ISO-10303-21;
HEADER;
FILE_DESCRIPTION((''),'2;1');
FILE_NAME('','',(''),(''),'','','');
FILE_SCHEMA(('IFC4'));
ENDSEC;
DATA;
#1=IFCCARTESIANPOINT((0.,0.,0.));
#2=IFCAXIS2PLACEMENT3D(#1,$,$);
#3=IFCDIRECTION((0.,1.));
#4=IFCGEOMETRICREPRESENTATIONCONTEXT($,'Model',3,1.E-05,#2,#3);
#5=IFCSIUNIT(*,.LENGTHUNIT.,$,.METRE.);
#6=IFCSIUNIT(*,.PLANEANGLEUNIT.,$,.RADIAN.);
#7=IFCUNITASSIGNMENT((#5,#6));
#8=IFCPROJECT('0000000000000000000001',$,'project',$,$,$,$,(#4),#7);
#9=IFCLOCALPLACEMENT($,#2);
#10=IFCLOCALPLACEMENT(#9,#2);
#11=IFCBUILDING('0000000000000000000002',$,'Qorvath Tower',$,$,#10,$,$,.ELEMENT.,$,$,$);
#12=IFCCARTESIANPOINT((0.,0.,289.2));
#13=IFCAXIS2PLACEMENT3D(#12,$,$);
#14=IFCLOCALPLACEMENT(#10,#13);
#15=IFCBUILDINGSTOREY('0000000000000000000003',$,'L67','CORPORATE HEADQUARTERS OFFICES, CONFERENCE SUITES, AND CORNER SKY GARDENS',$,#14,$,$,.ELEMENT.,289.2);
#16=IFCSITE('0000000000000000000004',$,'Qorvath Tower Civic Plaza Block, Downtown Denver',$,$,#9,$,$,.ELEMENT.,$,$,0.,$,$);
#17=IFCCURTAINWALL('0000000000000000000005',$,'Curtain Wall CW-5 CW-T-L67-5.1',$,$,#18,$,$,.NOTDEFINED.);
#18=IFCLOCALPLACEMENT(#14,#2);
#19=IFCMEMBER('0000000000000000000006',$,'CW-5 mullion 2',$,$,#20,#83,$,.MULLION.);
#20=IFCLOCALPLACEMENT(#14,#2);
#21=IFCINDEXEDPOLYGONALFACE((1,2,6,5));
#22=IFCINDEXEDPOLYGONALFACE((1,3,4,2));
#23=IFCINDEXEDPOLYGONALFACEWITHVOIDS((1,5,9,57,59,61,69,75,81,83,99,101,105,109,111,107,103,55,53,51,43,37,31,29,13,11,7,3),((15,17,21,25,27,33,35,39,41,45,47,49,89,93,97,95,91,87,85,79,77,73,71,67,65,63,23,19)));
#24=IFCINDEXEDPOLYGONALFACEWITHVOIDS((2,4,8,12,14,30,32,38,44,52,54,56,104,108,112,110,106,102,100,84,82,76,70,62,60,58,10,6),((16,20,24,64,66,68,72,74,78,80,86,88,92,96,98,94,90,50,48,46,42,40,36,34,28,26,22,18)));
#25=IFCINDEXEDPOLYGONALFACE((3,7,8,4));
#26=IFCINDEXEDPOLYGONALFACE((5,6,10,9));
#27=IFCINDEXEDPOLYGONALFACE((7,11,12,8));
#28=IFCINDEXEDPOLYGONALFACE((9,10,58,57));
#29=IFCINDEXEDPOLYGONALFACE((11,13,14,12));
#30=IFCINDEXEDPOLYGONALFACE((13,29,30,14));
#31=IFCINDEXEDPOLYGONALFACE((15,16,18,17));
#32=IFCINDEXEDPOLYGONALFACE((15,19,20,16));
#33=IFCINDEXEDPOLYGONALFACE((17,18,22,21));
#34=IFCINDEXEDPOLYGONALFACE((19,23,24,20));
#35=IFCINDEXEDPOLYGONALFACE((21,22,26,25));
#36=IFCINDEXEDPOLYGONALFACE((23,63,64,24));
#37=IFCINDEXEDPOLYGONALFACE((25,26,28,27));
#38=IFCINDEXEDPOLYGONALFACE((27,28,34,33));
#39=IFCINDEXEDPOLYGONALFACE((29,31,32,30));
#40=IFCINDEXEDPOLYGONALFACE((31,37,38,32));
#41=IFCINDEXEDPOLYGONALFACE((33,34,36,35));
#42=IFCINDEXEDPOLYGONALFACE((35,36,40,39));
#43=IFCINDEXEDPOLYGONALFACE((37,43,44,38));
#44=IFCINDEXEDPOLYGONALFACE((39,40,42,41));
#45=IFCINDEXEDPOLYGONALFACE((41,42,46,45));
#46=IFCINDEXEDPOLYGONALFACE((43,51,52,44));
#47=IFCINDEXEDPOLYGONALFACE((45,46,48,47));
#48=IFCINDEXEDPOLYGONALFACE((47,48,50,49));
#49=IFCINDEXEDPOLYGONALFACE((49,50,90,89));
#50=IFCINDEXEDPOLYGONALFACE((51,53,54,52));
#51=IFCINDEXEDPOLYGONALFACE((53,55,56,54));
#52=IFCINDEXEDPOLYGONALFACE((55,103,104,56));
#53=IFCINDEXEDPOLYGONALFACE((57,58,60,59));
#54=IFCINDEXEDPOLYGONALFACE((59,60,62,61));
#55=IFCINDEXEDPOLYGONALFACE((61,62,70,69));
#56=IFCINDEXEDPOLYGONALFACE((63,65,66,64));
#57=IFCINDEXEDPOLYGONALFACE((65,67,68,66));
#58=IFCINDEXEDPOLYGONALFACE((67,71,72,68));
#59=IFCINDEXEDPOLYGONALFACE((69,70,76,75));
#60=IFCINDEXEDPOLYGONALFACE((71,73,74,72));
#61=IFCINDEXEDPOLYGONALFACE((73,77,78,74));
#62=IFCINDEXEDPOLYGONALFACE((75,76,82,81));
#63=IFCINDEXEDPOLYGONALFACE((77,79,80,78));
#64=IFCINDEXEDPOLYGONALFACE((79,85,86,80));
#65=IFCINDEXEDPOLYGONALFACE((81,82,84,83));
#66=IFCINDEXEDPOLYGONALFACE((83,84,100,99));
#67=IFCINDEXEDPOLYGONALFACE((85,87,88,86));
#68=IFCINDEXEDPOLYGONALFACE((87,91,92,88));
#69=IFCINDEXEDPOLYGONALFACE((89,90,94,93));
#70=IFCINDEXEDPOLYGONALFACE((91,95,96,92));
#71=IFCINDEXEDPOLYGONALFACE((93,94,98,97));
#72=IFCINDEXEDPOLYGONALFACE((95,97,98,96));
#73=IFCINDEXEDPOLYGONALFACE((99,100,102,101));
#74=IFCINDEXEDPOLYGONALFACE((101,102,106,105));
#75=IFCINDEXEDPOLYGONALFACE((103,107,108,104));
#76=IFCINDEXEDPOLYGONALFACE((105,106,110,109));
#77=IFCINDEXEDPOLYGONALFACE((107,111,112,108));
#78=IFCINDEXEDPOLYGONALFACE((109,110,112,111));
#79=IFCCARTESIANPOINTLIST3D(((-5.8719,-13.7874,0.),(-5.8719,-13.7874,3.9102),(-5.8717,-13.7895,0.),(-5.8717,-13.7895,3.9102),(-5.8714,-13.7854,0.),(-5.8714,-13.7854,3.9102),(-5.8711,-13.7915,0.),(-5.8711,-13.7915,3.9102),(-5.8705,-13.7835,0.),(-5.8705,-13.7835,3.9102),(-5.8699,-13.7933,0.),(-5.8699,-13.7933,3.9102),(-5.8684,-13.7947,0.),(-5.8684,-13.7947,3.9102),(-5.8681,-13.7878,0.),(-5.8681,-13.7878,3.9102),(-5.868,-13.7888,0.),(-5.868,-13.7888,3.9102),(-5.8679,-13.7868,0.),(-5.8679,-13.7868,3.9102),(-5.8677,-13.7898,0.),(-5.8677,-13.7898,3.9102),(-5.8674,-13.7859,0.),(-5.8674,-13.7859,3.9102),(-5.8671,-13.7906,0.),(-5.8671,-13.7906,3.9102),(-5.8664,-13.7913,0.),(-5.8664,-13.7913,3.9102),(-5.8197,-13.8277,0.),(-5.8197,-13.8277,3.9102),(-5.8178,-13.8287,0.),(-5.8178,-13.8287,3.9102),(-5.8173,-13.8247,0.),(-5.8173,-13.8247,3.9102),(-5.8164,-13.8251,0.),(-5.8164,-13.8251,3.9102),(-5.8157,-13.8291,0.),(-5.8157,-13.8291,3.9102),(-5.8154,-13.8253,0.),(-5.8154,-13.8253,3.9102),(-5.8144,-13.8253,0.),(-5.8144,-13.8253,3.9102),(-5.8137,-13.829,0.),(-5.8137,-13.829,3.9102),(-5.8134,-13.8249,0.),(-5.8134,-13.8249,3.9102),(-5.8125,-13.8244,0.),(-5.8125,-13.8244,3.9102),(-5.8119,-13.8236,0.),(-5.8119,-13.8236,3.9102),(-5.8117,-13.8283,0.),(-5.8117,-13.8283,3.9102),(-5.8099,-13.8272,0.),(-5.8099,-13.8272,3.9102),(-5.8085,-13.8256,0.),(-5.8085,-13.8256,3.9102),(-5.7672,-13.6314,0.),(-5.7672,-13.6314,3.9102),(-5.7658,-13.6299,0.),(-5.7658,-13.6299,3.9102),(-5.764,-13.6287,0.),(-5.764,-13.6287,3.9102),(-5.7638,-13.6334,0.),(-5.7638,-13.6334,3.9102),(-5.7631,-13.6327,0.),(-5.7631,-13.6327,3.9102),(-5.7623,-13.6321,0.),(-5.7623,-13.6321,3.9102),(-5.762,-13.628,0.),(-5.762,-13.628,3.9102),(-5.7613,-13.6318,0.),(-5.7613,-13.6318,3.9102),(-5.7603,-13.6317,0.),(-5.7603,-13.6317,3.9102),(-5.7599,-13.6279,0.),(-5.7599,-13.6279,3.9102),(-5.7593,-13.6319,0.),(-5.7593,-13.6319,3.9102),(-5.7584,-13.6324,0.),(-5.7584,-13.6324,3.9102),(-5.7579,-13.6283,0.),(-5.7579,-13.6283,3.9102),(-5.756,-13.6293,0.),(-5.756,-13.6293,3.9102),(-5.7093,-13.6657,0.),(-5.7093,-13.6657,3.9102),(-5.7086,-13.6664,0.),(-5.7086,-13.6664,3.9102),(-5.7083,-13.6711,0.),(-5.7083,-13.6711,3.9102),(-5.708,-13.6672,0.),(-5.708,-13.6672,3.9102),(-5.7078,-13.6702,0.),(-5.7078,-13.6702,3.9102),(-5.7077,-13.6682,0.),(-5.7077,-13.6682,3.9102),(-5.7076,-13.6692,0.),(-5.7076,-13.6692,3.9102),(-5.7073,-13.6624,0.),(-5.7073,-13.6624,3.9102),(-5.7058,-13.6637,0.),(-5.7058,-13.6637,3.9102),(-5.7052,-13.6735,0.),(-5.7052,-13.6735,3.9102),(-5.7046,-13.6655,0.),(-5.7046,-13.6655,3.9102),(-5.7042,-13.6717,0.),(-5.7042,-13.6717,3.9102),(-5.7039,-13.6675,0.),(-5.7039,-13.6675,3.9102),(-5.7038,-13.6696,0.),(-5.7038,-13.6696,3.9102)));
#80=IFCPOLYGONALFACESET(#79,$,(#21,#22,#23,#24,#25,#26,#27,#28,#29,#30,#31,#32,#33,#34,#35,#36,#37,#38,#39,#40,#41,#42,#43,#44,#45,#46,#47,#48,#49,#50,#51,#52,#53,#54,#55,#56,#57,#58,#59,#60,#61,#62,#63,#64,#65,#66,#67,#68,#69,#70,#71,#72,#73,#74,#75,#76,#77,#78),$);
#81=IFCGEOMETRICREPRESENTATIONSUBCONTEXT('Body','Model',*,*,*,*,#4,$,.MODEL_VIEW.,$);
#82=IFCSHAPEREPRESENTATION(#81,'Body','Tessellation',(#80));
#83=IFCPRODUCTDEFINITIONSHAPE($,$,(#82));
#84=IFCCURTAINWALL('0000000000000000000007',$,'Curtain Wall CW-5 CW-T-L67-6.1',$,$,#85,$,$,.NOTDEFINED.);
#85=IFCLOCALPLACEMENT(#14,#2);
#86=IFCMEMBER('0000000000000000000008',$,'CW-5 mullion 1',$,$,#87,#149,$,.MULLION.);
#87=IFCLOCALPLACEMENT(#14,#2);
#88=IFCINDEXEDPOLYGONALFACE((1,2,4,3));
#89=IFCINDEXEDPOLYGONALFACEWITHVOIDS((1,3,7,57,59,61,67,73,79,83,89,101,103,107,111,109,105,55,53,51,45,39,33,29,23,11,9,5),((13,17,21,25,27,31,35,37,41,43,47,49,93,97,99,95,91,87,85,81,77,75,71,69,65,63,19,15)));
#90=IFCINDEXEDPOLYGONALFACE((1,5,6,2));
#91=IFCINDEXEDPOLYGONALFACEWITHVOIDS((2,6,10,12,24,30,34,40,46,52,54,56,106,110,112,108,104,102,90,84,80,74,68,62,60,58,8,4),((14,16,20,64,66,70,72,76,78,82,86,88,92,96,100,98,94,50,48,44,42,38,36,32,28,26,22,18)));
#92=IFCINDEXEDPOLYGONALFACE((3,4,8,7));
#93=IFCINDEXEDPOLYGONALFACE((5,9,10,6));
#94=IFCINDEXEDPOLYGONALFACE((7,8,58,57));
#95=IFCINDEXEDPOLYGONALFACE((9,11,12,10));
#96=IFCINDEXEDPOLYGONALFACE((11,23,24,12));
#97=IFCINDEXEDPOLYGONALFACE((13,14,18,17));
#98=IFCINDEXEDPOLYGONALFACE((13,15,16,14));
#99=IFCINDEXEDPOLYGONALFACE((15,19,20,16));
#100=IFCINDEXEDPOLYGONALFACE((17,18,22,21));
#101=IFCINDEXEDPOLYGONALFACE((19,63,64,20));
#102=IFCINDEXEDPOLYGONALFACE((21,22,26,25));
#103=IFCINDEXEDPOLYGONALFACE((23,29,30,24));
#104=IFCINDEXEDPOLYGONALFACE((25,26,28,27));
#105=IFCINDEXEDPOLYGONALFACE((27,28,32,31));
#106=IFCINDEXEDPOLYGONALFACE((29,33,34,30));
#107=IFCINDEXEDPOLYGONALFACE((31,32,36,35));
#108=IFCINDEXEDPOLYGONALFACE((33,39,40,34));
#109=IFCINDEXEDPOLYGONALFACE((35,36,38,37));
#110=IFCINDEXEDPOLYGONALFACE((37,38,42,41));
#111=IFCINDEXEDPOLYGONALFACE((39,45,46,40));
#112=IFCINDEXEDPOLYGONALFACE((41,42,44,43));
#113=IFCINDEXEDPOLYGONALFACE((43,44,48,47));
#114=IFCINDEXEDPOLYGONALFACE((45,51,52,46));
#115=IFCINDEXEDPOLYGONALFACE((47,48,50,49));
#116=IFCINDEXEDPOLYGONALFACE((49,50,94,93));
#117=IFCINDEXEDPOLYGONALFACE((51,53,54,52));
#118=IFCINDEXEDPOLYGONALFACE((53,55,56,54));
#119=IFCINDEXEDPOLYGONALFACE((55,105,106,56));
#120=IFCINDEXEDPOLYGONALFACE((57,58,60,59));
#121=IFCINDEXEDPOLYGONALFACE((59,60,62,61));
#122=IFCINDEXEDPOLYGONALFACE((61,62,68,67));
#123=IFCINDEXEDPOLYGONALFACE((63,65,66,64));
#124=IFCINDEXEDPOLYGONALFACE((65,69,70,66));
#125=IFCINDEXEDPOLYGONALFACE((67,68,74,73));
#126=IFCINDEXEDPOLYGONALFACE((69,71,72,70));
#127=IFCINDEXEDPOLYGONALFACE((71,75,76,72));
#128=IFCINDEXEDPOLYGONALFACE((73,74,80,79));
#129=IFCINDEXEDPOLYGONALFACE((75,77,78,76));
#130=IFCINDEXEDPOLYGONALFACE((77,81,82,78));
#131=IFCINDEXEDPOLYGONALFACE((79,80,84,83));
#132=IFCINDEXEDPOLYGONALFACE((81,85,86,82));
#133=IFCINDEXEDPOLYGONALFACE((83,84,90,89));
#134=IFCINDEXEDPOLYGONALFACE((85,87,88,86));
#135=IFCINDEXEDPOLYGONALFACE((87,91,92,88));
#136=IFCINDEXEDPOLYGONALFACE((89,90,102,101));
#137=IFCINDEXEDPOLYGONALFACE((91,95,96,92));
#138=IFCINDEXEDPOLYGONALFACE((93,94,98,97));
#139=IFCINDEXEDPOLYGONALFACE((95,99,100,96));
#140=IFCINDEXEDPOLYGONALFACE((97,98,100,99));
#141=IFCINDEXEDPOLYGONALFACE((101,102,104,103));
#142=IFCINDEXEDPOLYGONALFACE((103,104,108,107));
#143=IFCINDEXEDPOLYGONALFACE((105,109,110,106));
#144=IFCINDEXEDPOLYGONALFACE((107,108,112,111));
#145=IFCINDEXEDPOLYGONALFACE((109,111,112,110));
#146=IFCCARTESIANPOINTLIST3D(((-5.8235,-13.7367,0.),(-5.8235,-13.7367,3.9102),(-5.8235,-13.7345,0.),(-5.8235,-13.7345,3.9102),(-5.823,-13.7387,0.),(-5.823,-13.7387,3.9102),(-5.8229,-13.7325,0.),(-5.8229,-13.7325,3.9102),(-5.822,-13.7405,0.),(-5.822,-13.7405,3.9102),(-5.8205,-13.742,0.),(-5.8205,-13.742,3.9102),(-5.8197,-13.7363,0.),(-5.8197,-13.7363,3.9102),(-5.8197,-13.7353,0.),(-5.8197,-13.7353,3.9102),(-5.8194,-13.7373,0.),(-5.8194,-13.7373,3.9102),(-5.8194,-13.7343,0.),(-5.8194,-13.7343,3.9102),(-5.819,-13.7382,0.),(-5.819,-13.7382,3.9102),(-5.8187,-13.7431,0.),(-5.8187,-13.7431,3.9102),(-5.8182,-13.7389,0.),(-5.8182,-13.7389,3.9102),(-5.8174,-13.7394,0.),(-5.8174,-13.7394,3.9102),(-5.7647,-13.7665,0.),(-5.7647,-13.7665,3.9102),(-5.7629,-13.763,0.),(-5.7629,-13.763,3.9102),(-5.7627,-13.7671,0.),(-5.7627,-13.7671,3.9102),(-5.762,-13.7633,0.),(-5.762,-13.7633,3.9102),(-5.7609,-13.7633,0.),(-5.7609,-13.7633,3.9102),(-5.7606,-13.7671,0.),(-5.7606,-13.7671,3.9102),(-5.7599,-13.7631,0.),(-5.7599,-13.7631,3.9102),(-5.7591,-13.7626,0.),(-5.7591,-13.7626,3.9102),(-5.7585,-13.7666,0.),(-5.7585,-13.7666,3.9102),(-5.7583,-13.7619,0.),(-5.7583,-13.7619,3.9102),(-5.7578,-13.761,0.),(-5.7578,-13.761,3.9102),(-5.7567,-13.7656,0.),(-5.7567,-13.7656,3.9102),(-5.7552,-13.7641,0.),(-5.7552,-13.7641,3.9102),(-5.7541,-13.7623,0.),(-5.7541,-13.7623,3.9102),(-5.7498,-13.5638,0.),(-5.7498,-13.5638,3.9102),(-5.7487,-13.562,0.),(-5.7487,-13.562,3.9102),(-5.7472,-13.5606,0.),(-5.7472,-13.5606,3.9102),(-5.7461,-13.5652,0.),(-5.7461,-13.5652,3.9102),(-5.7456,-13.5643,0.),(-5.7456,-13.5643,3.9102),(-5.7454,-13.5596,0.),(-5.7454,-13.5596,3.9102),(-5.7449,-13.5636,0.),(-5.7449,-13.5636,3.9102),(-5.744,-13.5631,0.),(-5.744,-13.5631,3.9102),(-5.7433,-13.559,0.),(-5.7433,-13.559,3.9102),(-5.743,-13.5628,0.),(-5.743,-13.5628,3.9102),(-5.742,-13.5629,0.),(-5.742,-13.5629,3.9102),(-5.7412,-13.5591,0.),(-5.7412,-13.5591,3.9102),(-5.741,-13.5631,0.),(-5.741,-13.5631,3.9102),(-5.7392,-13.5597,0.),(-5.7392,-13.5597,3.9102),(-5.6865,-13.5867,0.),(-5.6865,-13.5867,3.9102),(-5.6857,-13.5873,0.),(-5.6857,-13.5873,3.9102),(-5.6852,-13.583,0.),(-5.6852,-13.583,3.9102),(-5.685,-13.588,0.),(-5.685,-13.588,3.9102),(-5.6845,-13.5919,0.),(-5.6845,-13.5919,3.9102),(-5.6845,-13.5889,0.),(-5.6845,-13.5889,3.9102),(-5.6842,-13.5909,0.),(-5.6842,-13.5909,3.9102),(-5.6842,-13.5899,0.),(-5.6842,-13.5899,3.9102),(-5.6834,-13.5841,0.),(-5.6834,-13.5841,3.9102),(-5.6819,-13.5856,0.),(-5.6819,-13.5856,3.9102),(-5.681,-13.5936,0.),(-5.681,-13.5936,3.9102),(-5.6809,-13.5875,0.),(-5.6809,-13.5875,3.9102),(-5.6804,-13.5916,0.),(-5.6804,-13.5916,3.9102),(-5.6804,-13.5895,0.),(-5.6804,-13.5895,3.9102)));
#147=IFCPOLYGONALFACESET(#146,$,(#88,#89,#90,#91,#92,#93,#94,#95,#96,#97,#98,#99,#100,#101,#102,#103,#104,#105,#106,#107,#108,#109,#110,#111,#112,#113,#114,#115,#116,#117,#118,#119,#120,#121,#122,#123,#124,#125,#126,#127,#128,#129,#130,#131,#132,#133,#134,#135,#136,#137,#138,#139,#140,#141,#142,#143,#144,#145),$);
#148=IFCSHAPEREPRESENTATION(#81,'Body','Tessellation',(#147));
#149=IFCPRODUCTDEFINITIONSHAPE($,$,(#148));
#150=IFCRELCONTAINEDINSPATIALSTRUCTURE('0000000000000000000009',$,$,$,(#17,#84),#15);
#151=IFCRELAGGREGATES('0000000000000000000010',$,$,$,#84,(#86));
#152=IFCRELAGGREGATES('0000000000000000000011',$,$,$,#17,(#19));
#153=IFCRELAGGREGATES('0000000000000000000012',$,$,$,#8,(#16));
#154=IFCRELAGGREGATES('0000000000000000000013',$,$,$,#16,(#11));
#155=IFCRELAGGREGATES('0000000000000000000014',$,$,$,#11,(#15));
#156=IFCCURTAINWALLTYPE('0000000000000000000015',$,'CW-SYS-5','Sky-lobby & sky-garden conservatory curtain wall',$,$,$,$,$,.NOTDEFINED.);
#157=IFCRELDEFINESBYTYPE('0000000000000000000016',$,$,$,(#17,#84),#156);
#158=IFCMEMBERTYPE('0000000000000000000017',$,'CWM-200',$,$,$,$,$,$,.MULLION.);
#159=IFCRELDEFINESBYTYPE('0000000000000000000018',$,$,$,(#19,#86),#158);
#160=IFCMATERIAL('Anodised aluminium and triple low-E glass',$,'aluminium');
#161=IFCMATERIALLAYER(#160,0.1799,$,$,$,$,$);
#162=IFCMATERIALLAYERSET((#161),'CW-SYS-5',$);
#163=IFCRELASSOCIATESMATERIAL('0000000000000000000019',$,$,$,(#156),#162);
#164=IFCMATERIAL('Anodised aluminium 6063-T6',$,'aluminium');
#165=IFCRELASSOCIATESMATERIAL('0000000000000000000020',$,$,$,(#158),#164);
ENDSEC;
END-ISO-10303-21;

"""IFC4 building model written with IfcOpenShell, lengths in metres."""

from ifc_helpers import new_model, si_unit, direction, frame, origin, origin_2d, place, context, subcontext, project, spatial, hollow_rectangle, extrude, material, layer, layer_set, material_profile, profile_set, type_object, element, aggregate, save


model = new_model("IFC4")

# Units and contexts
model_context = context("Model", 3, precision=1e-05, world=origin(), true_north=direction((0.0, 1.0)))
body_context = subcontext(model_context, "Body", "Model", "MODEL_VIEW")
ifc_project = project(units=[si_unit("LENGTHUNIT", "METRE"), si_unit("PLANEANGLEUNIT", "RADIAN")], contexts=[model_context])

# Site, building, storey
site_placement = place(None, origin())
site = spatial("IfcSite", under=ifc_project, at=site_placement, Name="Qorvath Tower Civic Plaza Block, Downtown Denver", CompositionType="ELEMENT", RefElevation=0.0)
building_placement = place(site_placement, origin())
building = spatial("IfcBuilding", under=site, at=building_placement, Name="Qorvath Tower", CompositionType="ELEMENT")
storey_placement = place(building_placement, frame((0.0, 0.0, 289.2)))
storey = spatial("IfcBuildingStorey", under=building, at=storey_placement, Name="L67", Description="CORPORATE HEADQUARTERS OFFICES, CONFERENCE SUITES, AND CORNER SKY GARDENS", CompositionType="ELEMENT", Elevation=289.2)

# Shared definitions
ifc_material_1 = material(Name="Anodised aluminium and triple low-E glass", Category="aluminium")
ifc_layer_1 = layer(ifc_material_1, 0.1799)
ifc_layer_set_1 = layer_set([ifc_layer_1], Name="CW-SYS-5")
curtain_wall_type = type_object("IfcCurtainWallType", Name="CW-SYS-5", Description="Sky-lobby & sky-garden conservatory curtain wall", PredefinedType="NOTDEFINED", material=ifc_layer_set_1)
ifc_material_2 = material(Name="Anodised aluminium 6063-T6", Category="aluminium")
ifc_material_profile_1 = material_profile(ifc_material_2, hollow_rectangle(XDim=0.075, YDim=0.2, WallThickness=0.0039, InnerFilletRadius=0.0039, OuterFilletRadius=0.0081, at=origin_2d()), Name="CWM 200x75")
ifc_profile_set_1 = profile_set([ifc_material_profile_1], Name="Anodised aluminium 6063-T6")
member_type_1 = type_object("IfcMemberType", Name="CWM-200", PredefinedType="MULLION", material=ifc_profile_set_1)

# Curtain wall, member
curtain_wall_1_placement = place(storey_placement, origin())
curtain_wall_1 = element("IfcCurtainWall", 1, at=curtain_wall_1_placement, inside=storey, type_object=curtain_wall_type, Name="Curtain Wall CW-5 CW-T-L67-5.1", PredefinedType="NOTDEFINED")
member_1_placement = place(storey_placement, frame((-5.7878, -13.7285, 0.0), z_axis=(0.0, 0.0, 1.0), x_axis=(-0.827172, 0.561949, 0.0)))
member_1 = element("IfcMember", 2, at=member_1_placement, type_object=member_type_1, Name="CW-5 mullion 2", PredefinedType="MULLION", context=body_context, shape_type="SweptSolid", body=[
    extrude(hollow_rectangle(XDim=0.075, YDim=0.2, WallThickness=0.0039, InnerFilletRadius=0.0039, OuterFilletRadius=0.0081, at=origin_2d()), origin(), (0.0, 0.0, 1.0), 3.9102),
])

# Curtain wall, member
curtain_wall_2_placement = place(storey_placement, origin())
curtain_wall_2 = element("IfcCurtainWall", 3, at=curtain_wall_2_placement, inside=storey, type_object=curtain_wall_type, Name="Curtain Wall CW-5 CW-T-L67-6.1", PredefinedType="NOTDEFINED")
member_2_placement = place(storey_placement, frame((-5.752, -13.6631, 0.0), z_axis=(0.0, 0.0, 1.0), x_axis=(-0.917563, 0.39759, 0.0)))
member_2 = element("IfcMember", 4, at=member_2_placement, type_object=member_type_1, Name="CW-5 mullion 1", PredefinedType="MULLION", context=body_context, shape_type="SweptSolid", body=[
    extrude(hollow_rectangle(XDim=0.075, YDim=0.2, WallThickness=0.0039, InnerFilletRadius=0.0039, OuterFilletRadius=0.0081, at=origin_2d()), origin(), (0.0, 0.0, 1.0), 3.9102),
])
aggregate(curtain_wall_2, [member_2])

aggregate(curtain_wall_1, [member_1])

save(model, "model.ifc")
